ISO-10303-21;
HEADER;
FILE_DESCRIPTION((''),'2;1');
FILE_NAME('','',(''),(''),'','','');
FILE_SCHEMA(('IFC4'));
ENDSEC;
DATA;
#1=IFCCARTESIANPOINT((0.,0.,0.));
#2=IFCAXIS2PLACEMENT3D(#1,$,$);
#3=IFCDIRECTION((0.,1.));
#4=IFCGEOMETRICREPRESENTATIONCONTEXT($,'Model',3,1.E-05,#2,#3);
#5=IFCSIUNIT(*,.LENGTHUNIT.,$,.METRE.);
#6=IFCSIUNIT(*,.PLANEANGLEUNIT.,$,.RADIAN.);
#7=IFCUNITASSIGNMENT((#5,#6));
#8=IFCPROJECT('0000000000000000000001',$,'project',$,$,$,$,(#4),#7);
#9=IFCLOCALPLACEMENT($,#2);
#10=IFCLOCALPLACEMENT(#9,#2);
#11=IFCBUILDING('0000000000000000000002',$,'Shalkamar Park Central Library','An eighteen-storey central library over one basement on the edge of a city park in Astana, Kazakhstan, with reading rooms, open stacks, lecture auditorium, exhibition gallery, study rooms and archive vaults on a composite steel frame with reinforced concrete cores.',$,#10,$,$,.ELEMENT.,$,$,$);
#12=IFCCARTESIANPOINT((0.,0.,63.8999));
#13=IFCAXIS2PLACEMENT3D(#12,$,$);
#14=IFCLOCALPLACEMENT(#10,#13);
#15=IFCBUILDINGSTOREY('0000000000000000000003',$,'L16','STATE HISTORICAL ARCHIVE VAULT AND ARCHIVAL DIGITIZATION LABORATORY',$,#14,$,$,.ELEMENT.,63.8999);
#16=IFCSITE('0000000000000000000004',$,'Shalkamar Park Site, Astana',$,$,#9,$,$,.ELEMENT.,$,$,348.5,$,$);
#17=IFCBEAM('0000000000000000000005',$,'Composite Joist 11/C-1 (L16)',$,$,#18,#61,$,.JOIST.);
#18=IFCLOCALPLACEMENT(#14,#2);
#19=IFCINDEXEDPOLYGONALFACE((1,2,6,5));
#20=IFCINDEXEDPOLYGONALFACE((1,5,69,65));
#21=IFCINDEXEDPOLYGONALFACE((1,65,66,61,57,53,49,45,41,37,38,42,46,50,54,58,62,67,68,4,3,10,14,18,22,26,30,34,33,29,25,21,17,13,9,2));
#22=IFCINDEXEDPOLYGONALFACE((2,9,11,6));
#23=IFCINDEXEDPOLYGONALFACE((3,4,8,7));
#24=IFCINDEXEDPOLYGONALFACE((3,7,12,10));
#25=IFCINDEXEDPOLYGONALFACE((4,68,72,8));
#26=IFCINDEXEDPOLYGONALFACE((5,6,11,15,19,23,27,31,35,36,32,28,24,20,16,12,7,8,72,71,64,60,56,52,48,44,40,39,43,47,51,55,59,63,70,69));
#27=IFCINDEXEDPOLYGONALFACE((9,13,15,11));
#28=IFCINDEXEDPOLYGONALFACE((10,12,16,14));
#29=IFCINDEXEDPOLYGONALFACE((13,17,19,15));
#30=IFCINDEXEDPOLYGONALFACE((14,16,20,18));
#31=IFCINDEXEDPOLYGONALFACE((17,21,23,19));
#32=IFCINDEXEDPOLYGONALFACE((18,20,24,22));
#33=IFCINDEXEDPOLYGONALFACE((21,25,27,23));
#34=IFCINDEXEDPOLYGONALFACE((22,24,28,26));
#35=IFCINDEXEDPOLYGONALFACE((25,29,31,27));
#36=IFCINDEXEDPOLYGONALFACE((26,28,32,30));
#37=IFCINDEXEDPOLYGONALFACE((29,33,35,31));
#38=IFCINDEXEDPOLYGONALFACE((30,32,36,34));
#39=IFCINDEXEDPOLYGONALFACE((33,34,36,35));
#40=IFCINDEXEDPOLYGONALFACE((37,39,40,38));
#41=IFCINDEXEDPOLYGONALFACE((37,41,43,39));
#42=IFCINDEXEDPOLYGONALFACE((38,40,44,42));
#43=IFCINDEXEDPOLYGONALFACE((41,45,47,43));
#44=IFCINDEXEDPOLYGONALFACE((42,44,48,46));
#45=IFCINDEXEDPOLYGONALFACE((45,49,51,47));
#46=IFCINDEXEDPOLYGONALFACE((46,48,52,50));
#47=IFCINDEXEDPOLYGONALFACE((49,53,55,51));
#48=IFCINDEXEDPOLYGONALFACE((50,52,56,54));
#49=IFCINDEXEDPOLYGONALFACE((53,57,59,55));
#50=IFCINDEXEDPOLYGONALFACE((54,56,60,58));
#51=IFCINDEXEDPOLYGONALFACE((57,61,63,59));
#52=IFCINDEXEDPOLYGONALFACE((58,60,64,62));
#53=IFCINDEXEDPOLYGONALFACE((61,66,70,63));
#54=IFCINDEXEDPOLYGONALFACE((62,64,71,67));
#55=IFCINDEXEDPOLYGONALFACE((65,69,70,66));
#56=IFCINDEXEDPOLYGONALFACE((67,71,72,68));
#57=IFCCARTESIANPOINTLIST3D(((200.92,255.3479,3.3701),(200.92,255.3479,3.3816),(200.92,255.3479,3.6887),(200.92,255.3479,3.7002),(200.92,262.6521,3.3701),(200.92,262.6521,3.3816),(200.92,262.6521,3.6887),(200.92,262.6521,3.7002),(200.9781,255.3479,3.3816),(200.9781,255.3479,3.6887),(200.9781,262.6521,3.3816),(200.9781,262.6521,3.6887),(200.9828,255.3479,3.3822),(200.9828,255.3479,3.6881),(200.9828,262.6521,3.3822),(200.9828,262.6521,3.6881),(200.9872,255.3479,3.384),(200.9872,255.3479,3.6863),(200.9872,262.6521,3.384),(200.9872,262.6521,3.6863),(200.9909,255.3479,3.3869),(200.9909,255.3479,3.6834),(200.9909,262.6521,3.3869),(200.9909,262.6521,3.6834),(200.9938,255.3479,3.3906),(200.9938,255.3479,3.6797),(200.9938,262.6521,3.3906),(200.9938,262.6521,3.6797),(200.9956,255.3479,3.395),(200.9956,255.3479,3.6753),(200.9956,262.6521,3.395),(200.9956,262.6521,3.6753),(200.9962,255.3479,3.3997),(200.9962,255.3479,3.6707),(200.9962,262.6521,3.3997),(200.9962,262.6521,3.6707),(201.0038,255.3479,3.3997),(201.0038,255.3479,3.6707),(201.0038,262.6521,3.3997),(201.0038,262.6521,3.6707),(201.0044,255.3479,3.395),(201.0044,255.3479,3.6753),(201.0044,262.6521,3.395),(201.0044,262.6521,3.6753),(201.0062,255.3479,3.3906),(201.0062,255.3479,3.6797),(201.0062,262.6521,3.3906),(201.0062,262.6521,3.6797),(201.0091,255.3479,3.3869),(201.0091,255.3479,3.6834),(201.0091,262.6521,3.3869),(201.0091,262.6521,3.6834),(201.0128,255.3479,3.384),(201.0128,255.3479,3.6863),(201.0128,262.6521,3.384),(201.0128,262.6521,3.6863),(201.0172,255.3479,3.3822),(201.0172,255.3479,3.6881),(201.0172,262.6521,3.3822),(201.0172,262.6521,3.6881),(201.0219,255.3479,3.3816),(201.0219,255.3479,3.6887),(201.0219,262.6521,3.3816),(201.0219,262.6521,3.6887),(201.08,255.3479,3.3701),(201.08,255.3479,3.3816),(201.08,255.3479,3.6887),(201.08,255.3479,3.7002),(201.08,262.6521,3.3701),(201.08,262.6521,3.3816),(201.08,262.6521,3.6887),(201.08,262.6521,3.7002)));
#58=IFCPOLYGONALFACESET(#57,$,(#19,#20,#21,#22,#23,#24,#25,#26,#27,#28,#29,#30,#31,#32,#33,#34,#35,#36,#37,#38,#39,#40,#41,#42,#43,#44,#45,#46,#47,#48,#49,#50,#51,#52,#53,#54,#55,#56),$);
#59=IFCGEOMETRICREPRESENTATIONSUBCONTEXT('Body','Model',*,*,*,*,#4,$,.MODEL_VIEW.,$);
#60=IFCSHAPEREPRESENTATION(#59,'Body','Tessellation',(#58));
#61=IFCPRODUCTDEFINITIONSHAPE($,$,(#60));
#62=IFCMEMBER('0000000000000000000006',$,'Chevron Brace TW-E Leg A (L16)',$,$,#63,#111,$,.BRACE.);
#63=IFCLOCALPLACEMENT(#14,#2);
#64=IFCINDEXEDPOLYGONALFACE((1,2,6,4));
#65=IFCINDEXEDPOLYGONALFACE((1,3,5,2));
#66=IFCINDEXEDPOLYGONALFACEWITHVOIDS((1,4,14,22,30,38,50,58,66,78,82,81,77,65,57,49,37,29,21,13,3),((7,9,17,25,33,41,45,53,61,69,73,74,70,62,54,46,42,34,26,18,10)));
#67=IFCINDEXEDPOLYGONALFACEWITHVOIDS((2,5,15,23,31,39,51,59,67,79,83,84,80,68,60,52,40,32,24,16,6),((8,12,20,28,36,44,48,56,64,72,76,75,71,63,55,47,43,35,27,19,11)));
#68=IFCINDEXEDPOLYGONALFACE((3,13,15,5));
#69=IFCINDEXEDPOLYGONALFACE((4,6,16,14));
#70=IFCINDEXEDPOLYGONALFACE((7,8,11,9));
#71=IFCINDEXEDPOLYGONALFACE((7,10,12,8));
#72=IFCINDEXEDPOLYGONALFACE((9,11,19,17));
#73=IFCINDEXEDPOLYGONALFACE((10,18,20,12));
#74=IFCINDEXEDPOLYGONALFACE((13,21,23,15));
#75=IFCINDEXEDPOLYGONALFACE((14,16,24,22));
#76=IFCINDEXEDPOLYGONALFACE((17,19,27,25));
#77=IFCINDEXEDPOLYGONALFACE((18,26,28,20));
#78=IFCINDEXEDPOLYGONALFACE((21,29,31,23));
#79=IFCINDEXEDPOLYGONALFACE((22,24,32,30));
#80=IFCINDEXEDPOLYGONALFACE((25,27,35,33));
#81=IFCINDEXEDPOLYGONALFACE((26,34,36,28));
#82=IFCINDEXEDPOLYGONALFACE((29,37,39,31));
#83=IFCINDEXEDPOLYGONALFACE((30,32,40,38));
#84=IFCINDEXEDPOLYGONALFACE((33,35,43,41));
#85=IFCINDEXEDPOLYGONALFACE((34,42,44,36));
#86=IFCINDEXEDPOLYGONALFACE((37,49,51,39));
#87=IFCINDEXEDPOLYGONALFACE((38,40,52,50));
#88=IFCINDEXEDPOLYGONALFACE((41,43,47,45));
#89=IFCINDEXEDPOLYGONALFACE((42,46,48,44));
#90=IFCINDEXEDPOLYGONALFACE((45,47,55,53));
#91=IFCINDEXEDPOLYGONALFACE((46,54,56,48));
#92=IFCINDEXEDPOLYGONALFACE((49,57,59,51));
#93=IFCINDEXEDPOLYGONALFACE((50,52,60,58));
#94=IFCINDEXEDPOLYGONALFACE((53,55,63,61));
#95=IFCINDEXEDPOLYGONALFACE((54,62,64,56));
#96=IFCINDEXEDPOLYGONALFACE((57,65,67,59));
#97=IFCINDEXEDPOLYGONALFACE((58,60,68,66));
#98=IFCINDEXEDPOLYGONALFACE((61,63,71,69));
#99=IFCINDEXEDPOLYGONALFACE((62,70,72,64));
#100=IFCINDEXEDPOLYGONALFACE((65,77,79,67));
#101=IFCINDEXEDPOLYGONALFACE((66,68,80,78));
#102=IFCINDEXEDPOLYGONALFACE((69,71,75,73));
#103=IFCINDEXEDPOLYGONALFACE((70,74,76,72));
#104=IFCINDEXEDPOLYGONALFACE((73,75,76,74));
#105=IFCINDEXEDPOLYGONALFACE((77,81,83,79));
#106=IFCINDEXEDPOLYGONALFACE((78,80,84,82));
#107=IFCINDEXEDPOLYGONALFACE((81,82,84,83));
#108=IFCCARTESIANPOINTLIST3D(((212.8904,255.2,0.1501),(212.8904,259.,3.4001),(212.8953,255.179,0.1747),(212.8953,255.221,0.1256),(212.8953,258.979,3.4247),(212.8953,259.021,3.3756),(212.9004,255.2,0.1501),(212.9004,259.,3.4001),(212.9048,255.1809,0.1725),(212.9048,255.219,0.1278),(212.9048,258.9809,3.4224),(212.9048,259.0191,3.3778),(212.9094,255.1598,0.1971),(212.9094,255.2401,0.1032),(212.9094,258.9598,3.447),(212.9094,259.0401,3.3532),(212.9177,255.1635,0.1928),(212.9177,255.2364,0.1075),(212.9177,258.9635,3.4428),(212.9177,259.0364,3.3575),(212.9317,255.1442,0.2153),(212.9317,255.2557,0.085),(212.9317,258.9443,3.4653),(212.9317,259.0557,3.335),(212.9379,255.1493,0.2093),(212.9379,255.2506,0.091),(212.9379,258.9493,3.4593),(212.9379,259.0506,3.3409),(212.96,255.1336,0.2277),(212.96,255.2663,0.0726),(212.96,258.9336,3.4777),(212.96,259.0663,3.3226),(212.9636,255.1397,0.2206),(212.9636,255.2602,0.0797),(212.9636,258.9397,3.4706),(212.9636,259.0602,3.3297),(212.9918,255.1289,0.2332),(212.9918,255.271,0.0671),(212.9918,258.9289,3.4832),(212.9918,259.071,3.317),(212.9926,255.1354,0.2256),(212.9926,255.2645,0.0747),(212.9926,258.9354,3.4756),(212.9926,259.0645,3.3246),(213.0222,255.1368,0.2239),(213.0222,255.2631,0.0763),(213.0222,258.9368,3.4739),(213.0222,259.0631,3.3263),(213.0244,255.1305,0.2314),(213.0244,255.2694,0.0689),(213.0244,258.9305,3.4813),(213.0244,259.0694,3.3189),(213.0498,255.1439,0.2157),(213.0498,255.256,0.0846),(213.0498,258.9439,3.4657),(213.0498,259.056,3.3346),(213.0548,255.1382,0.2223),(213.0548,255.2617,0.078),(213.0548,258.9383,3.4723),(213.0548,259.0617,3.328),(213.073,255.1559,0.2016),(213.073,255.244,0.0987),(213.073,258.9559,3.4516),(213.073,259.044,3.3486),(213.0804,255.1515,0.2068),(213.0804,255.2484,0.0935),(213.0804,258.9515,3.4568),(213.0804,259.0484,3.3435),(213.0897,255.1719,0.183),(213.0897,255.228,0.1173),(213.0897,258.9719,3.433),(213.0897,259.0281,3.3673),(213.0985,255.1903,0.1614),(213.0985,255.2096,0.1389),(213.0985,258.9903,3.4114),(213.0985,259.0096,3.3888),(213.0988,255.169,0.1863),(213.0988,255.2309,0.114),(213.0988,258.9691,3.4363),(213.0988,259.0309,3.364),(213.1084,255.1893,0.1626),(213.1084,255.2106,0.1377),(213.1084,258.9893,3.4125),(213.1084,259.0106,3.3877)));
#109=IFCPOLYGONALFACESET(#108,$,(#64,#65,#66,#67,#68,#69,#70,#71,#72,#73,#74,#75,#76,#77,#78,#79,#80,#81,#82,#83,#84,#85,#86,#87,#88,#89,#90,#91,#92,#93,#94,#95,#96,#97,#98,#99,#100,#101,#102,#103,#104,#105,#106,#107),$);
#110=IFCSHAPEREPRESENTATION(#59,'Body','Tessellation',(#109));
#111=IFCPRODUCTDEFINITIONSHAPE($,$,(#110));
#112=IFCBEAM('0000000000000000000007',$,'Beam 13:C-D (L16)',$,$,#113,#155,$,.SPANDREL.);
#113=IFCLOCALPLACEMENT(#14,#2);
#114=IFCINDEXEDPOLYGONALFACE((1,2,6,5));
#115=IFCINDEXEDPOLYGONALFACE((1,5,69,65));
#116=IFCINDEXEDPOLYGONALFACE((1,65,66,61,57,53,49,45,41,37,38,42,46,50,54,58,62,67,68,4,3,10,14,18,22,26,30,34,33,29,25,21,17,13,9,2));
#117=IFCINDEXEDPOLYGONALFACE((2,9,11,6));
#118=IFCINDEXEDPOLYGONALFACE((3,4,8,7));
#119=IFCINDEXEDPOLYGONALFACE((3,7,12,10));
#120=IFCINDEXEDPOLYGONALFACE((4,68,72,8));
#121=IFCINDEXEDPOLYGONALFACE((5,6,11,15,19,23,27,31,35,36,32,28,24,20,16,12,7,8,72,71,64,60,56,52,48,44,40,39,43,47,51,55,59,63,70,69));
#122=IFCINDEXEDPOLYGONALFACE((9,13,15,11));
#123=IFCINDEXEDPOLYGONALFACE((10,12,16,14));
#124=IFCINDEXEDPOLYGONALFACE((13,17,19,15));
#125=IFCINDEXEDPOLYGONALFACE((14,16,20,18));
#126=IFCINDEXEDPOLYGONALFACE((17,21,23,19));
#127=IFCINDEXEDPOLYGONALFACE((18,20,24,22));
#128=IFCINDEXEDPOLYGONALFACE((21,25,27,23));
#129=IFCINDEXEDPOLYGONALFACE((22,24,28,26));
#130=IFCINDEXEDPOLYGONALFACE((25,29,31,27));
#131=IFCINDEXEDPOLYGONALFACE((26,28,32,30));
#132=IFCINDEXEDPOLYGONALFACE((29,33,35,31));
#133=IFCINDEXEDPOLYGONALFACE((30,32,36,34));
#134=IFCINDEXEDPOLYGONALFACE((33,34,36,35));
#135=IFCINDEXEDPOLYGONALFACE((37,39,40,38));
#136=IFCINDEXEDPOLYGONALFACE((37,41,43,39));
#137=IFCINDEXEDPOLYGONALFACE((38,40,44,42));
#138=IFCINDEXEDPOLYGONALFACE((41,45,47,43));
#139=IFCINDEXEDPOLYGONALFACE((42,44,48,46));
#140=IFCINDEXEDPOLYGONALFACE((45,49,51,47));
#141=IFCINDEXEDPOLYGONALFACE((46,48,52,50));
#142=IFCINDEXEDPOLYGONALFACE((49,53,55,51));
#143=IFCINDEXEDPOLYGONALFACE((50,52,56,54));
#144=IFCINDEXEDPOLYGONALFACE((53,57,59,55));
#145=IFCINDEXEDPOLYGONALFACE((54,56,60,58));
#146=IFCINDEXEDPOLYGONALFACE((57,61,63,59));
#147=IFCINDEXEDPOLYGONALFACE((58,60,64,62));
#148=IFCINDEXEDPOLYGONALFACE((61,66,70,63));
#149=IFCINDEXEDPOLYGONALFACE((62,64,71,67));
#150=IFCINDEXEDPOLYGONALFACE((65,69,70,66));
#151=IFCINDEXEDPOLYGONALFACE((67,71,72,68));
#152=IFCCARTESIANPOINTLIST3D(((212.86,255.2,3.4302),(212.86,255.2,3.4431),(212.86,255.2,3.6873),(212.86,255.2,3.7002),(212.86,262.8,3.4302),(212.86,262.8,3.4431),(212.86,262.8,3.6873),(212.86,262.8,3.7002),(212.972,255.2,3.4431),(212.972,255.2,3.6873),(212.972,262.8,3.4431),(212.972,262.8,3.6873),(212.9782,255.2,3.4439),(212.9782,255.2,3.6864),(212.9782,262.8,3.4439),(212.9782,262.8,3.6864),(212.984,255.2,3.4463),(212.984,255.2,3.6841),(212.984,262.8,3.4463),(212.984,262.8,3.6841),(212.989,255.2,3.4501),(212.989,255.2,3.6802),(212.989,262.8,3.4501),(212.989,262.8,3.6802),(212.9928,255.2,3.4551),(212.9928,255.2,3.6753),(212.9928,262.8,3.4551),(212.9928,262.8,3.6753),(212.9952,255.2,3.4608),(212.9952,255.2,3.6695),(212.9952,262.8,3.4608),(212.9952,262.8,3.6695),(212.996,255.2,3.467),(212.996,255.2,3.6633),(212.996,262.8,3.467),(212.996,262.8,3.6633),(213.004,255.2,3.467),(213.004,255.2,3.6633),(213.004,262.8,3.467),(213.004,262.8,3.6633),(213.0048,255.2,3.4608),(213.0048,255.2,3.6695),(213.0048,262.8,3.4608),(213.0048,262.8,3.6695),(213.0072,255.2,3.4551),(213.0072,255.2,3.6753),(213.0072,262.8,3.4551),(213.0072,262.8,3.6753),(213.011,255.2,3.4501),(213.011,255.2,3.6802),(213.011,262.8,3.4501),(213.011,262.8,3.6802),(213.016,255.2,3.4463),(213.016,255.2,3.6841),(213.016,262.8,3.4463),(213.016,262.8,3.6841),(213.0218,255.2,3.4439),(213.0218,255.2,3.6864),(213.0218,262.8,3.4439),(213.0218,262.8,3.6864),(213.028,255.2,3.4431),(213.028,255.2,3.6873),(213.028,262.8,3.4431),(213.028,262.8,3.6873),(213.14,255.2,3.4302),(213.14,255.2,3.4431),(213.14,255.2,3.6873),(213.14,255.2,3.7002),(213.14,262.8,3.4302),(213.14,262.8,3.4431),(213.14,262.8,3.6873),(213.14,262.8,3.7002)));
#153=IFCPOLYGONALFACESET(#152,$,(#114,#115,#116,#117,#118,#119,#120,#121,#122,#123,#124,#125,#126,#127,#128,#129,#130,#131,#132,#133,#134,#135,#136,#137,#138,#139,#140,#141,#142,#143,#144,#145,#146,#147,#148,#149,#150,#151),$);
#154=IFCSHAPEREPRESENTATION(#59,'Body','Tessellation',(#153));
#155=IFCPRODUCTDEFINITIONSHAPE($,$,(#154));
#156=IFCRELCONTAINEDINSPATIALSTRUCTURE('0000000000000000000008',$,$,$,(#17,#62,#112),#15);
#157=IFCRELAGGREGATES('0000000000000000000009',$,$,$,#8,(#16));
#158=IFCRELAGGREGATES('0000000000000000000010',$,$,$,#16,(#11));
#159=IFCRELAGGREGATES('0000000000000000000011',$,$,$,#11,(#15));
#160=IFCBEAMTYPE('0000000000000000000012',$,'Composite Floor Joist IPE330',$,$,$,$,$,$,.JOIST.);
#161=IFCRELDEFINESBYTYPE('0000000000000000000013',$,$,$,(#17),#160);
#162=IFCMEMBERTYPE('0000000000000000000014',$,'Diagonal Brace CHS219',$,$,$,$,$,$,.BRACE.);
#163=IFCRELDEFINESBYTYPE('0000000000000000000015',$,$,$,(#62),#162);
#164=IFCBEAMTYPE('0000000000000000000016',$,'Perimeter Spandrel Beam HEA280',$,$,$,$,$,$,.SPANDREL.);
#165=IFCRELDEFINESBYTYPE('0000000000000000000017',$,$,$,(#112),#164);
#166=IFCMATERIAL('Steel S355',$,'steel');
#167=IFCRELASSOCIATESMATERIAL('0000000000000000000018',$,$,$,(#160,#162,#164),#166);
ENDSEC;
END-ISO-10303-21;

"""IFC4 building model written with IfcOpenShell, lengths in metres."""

from ifc_helpers import new_model, si_unit, direction, frame, origin, origin_2d, place, context, subcontext, project, spatial, hollow_circle, i_section, extrude, material, material_profile, profile_set, type_object, element, save


model = new_model("IFC4")

# Units and contexts
model_context = context("Model", 3, precision=1e-05, world=origin(), true_north=direction((0.0, 1.0)))
body_context = subcontext(model_context, "Body", "Model", "MODEL_VIEW")
ifc_project = project(units=[si_unit("LENGTHUNIT", "METRE"), si_unit("PLANEANGLEUNIT", "RADIAN")], contexts=[model_context])

# Site, building, storey
site_placement = place(None, origin())
site = spatial("IfcSite", under=ifc_project, at=site_placement, Name="Shalkamar Park Site, Astana", CompositionType="ELEMENT", RefElevation=348.5)
building_placement = place(site_placement, origin())
building = spatial("IfcBuilding", under=site, at=building_placement, Name="Shalkamar Park Central Library", Description="An eighteen-storey central library over one basement on the edge of a city park in Astana, Kazakhstan, with reading rooms, open stacks, lecture auditorium, exhibition gallery, study rooms and archive vaults on a composite steel frame with reinforced concrete cores.", CompositionType="ELEMENT")
storey_placement = place(building_placement, frame((0.0, 0.0, 63.8999)))
storey = spatial("IfcBuildingStorey", under=building, at=storey_placement, Name="L16", Description="STATE HISTORICAL ARCHIVE VAULT AND ARCHIVAL DIGITIZATION LABORATORY", CompositionType="ELEMENT", Elevation=63.8999)

# Shared definitions
ifc_material_1 = material(Name="Steel S355", Category="steel")

# Beam
ifc_material_profile_1 = material_profile(ifc_material_1, i_section(OverallWidth=0.1599, OverallDepth=0.3301, WebThickness=0.0076, FlangeThickness=0.0115, FilletRadius=0.0181, at=origin_2d()), Name="IPE 330")
ifc_profile_set_1 = profile_set([ifc_material_profile_1], Name="Steel S355")
beam_type_1 = type_object("IfcBeamType", Name="Composite Floor Joist IPE330", PredefinedType="JOIST", material=ifc_profile_set_1)
beam_1_placement = place(storey_placement, frame((201.0, 255.3479, 3.5352), z_axis=(0.0, 1.0, 0.0), x_axis=(-1.0, 0.0, 0.0)))
element("IfcBeam", 1, at=beam_1_placement, inside=storey, type_object=beam_type_1, Name="Composite Joist 11/C-1 (L16)", PredefinedType="JOIST", context=body_context, shape_type="SweptSolid", body=[
    extrude(i_section(OverallWidth=0.1599, OverallDepth=0.3301, WebThickness=0.0076, FlangeThickness=0.0115, FilletRadius=0.0181, at=origin_2d()), origin(), (0.0, 0.0, 1.0), 7.3042),
])

# Member
ifc_material_profile_2 = material_profile(ifc_material_1, hollow_circle(Radius=0.1096, WallThickness=0.01, at=origin_2d()), Name="CHS 219.1x10")
ifc_profile_set_2 = profile_set([ifc_material_profile_2], Name="Steel S355")
member_type = type_object("IfcMemberType", Name="Diagonal Brace CHS219", PredefinedType="BRACE", material=ifc_profile_set_2)
member_placement = place(storey_placement, frame((213.0, 255.2, 0.1501), z_axis=(0.0, 0.759966, 0.649963), x_axis=(-1.0, 0.0, 0.0)))
element("IfcMember", 2, at=member_placement, inside=storey, type_object=member_type, Name="Chevron Brace TW-E Leg A (L16)", PredefinedType="BRACE", context=body_context, shape_type="SweptSolid", body=[
    extrude(hollow_circle(Radius=0.1096, WallThickness=0.01, at=origin_2d()), origin(), (0.0, 0.0, 1.0), 5.0002),
])

# Beam
ifc_material_profile_3 = material_profile(ifc_material_1, i_section(OverallWidth=0.28, OverallDepth=0.27, WebThickness=0.0081, FlangeThickness=0.0129, FilletRadius=0.0239, at=origin_2d()), Name="HEA 280")
ifc_profile_set_3 = profile_set([ifc_material_profile_3], Name="Steel S355")
beam_type_2 = type_object("IfcBeamType", Name="Perimeter Spandrel Beam HEA280", PredefinedType="SPANDREL", material=ifc_profile_set_3)
beam_2_placement = place(storey_placement, frame((213.0, 255.2, 3.5652), z_axis=(0.0, 1.0, 0.0), x_axis=(-1.0, 0.0, 0.0)))
element("IfcBeam", 3, at=beam_2_placement, inside=storey, type_object=beam_type_2, Name="Beam 13:C-D (L16)", PredefinedType="SPANDREL", context=body_context, shape_type="SweptSolid", body=[
    extrude(i_section(OverallWidth=0.28, OverallDepth=0.27, WebThickness=0.0081, FlangeThickness=0.0129, FilletRadius=0.0239, at=origin_2d()), origin(), (0.0, 0.0, 1.0), 7.6001),
])

save(model, "model.ifc")
